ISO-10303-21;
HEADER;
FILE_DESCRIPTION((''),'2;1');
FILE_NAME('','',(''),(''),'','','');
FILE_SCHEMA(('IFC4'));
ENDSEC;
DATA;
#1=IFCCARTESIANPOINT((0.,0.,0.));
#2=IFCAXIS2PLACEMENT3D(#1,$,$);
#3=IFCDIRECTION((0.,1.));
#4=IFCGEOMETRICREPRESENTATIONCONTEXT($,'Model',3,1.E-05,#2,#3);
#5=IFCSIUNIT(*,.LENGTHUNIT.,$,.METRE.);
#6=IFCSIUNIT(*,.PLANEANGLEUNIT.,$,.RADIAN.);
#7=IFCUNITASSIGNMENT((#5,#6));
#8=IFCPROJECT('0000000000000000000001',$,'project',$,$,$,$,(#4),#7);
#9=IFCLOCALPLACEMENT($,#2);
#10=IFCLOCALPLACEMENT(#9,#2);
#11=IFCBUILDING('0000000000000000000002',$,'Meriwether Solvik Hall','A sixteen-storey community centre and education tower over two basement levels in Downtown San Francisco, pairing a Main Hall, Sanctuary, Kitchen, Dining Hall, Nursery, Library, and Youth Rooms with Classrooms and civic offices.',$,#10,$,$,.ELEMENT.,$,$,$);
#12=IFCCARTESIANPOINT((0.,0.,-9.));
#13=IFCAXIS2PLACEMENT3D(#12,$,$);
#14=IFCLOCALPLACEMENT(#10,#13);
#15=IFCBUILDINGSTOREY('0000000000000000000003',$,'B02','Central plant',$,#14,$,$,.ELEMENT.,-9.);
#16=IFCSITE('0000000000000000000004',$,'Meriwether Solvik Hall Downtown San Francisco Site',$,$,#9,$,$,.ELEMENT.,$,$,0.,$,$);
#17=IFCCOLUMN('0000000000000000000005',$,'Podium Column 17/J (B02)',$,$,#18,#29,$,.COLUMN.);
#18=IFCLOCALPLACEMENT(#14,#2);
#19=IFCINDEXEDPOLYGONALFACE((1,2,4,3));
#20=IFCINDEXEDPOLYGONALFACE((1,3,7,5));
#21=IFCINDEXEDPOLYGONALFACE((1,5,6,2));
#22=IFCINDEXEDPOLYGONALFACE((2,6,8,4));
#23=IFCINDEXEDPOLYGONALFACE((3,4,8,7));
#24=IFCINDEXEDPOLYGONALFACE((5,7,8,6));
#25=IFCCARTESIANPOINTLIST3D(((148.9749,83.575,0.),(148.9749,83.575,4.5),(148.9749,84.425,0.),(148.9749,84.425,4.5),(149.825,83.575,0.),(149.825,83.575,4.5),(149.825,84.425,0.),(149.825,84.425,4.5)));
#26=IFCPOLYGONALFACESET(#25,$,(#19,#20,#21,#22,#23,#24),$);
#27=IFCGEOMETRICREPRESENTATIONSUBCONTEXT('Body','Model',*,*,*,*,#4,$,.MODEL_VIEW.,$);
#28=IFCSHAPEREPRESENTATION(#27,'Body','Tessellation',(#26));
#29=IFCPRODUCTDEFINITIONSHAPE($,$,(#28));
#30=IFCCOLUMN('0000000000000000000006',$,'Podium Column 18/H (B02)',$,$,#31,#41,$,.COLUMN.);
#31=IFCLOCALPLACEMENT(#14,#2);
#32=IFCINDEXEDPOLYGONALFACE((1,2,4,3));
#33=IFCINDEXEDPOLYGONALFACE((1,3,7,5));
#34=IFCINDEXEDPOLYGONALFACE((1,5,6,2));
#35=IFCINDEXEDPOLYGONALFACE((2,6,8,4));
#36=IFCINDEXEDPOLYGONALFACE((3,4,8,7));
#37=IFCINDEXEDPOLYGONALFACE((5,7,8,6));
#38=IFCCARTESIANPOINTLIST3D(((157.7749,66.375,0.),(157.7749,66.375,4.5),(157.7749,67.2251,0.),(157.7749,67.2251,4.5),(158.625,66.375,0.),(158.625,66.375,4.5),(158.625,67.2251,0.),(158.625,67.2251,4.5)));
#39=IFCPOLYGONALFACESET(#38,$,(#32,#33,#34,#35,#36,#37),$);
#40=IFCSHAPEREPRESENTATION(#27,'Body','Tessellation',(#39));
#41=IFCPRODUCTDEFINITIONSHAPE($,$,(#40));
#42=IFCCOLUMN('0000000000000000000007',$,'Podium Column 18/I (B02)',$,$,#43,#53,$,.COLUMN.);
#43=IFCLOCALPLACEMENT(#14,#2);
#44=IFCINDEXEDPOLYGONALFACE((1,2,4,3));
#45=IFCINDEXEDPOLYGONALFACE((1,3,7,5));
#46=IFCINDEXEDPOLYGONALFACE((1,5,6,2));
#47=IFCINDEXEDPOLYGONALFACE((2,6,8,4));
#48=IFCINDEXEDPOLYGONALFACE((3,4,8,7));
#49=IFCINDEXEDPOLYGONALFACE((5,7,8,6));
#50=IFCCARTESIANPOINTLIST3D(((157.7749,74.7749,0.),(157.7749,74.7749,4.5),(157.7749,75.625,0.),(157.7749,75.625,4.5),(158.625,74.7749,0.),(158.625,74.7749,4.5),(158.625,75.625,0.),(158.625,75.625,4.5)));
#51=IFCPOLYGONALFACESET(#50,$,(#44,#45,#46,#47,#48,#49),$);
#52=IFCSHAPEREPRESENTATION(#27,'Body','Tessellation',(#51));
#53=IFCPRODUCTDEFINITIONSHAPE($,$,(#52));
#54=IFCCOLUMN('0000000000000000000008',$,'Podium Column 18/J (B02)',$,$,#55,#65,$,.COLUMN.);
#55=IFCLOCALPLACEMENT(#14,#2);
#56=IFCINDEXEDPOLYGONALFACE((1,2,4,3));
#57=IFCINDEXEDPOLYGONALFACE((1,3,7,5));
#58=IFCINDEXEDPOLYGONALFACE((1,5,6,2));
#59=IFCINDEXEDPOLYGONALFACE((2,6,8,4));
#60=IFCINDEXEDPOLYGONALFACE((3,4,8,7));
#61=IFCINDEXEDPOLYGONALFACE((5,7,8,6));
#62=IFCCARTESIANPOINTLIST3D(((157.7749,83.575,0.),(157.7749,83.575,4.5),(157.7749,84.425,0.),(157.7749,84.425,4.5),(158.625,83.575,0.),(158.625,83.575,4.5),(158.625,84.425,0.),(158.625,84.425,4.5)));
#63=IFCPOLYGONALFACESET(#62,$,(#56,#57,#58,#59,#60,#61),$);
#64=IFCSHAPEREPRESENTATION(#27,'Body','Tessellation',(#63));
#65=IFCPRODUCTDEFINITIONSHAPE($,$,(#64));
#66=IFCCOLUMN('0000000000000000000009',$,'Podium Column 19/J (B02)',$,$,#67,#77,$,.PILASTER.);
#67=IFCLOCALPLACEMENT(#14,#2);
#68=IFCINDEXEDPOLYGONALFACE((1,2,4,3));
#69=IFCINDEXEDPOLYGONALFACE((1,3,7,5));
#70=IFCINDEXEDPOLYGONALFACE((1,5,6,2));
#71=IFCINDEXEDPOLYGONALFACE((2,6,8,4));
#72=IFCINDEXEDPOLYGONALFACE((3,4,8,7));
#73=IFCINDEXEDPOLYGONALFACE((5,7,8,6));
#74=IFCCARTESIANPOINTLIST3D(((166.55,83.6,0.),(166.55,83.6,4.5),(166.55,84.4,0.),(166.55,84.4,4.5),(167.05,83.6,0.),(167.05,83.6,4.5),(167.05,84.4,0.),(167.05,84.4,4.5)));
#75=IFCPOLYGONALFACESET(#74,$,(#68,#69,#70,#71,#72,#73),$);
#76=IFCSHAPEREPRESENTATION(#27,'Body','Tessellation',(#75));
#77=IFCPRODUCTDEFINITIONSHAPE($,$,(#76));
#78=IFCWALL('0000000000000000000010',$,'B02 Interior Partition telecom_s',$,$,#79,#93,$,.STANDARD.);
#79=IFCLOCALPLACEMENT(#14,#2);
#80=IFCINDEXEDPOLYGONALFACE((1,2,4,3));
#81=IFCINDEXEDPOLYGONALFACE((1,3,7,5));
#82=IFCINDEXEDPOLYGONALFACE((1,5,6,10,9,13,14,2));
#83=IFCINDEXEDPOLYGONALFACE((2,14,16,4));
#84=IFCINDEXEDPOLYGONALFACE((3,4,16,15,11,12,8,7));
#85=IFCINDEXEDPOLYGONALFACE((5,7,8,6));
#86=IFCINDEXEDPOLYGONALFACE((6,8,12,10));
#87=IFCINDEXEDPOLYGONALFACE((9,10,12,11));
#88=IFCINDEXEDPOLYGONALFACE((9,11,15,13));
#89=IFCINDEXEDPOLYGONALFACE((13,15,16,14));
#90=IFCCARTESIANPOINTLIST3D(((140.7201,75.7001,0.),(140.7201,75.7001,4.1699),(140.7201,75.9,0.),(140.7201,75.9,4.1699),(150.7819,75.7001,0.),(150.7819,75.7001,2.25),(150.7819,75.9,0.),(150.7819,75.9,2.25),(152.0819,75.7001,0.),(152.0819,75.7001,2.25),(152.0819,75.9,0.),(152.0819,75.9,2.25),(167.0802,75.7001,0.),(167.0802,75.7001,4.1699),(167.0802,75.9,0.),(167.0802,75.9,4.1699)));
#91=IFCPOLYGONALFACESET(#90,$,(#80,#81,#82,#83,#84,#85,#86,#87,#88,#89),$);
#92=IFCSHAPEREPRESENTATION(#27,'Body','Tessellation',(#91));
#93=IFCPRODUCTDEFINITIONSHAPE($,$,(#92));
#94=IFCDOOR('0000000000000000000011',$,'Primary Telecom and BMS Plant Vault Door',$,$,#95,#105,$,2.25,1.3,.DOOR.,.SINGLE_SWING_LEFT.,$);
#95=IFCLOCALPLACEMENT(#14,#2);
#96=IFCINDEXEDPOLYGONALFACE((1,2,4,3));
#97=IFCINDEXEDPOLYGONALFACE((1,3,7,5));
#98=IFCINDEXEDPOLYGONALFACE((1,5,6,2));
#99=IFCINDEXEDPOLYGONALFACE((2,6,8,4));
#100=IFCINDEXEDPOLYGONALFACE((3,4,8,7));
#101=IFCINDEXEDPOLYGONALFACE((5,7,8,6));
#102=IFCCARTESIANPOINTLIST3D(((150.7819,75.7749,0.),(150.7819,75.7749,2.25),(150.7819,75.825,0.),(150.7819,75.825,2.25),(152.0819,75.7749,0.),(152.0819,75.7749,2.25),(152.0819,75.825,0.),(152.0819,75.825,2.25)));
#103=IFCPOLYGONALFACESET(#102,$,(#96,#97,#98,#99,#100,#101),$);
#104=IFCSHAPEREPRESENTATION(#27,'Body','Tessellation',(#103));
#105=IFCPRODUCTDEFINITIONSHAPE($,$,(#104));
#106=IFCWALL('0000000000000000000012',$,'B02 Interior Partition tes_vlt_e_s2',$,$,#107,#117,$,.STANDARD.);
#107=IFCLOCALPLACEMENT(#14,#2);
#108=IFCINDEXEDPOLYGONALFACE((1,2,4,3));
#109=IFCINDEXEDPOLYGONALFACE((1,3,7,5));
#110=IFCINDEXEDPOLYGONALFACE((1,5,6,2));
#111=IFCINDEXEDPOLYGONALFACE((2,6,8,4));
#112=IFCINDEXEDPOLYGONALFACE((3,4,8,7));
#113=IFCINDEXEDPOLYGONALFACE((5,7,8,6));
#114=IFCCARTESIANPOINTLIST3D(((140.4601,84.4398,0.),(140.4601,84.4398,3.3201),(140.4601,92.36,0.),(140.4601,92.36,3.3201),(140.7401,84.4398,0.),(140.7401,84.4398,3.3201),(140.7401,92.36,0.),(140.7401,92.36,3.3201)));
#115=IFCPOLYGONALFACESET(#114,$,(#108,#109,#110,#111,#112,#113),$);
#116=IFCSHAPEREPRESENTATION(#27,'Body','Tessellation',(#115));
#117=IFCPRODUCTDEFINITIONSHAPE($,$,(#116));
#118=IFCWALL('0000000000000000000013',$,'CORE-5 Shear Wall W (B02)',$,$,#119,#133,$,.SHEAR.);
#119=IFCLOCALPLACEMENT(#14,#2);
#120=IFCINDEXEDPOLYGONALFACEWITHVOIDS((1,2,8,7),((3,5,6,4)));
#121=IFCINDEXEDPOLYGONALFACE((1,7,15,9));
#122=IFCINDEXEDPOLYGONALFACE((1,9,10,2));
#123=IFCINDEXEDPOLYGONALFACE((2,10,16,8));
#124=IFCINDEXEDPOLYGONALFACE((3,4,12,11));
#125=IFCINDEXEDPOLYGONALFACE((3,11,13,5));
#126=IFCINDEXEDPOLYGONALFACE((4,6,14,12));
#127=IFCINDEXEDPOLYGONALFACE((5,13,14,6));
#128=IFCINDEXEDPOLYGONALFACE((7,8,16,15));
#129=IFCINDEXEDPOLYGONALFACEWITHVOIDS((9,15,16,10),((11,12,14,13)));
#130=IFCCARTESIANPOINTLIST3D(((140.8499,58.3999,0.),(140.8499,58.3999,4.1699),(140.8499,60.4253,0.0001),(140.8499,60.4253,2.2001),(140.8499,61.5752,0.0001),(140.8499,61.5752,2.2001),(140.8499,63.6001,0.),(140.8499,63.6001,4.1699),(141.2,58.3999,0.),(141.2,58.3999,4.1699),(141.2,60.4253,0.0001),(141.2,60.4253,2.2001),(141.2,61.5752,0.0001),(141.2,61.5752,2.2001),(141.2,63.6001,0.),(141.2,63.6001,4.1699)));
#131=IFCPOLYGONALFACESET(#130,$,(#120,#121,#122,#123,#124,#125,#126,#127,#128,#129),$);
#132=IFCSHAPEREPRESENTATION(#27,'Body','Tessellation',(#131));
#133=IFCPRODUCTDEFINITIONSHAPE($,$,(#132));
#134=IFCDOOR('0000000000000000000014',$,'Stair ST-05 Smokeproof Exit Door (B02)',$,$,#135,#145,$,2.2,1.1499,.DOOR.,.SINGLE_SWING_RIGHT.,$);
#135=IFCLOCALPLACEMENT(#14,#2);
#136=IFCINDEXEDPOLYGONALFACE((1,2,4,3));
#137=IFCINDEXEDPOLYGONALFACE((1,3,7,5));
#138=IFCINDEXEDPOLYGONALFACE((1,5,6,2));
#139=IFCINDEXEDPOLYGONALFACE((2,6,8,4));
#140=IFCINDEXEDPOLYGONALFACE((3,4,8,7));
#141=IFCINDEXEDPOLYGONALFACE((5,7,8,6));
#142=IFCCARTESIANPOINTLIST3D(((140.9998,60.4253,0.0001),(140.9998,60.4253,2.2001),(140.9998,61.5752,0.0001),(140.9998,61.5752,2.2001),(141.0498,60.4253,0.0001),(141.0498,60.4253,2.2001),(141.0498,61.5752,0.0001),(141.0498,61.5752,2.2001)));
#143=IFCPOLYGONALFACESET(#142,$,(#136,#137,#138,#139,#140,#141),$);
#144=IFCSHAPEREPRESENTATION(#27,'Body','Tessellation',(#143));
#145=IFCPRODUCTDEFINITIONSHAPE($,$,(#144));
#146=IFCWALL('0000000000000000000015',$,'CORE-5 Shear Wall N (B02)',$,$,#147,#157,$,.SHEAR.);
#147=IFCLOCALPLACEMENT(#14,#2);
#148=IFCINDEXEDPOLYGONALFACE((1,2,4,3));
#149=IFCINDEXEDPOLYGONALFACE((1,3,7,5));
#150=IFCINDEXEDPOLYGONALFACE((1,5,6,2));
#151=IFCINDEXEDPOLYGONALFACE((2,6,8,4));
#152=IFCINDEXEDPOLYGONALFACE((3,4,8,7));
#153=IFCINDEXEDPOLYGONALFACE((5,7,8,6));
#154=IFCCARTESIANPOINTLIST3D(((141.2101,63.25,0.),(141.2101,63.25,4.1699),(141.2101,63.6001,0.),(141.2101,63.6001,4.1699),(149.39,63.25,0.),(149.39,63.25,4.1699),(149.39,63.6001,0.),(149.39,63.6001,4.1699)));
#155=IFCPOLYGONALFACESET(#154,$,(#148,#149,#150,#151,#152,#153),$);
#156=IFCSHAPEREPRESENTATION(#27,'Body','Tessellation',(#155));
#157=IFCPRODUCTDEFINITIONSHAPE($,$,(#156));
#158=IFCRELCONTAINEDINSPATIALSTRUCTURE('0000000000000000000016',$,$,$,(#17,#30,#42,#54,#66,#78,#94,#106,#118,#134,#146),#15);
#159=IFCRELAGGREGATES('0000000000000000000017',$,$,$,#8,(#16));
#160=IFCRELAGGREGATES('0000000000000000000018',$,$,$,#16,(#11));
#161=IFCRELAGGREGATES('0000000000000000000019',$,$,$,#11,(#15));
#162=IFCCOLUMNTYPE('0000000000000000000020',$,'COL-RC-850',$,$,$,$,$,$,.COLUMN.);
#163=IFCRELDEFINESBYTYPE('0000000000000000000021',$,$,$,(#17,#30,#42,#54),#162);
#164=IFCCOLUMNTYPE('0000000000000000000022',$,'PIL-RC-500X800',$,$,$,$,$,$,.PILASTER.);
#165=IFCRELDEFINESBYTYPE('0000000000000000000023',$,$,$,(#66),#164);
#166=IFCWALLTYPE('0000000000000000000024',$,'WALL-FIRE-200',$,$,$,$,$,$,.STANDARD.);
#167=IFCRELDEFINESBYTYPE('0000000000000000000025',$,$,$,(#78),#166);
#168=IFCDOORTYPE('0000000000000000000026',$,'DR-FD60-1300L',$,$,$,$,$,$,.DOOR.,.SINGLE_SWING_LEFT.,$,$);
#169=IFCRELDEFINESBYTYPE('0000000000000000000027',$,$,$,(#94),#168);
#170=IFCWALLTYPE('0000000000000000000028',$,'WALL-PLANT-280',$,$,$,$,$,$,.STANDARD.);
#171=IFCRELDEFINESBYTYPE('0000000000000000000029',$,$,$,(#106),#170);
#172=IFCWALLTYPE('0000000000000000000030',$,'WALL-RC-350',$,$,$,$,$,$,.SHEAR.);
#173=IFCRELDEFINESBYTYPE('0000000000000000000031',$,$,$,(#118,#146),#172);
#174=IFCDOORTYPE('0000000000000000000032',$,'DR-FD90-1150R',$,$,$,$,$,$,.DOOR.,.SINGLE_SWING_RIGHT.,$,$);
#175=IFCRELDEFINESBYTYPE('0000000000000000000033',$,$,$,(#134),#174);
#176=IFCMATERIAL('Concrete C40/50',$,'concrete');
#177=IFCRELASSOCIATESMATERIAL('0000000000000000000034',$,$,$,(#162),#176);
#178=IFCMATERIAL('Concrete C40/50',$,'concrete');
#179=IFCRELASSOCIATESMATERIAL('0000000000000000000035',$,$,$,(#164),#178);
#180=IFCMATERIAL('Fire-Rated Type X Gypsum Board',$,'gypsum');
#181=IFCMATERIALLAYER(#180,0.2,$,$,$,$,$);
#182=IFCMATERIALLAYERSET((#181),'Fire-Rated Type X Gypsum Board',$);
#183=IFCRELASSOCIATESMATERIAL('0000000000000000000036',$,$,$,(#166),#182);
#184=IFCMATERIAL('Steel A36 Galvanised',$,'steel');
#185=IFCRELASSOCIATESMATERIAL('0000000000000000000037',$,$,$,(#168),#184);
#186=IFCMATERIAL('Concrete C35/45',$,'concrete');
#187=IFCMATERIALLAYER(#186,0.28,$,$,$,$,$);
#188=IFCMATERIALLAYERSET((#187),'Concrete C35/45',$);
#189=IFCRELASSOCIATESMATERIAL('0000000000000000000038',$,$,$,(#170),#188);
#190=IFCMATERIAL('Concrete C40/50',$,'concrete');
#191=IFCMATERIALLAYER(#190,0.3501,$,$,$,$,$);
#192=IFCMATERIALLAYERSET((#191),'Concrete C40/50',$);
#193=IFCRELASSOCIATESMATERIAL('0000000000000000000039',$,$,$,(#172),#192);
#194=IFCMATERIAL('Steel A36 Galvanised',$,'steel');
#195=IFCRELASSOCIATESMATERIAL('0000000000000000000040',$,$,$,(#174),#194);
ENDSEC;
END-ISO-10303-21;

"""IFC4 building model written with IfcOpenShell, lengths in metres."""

from ifc_helpers import new_model, si_unit, direction, frame, frame_2d, origin, origin_2d, place, context, subcontext, project, spatial, rectangle, extrude, material, layer, layer_set, material_profile, profile_set, type_object, element, fill, save


model = new_model("IFC4")

# Units and contexts
model_context = context("Model", 3, precision=1e-05, world=origin(), true_north=direction((0.0, 1.0)))
body_context = subcontext(model_context, "Body", "Model", "MODEL_VIEW")
ifc_project = project(units=[si_unit("LENGTHUNIT", "METRE"), si_unit("PLANEANGLEUNIT", "RADIAN")], contexts=[model_context])

# Site, building, storey
site_placement = place(None, origin())
site = spatial("IfcSite", under=ifc_project, at=site_placement, Name="Meriwether Solvik Hall Downtown San Francisco Site", CompositionType="ELEMENT", RefElevation=0.0)
building_placement = place(site_placement, origin())
building = spatial("IfcBuilding", under=site, at=building_placement, Name="Meriwether Solvik Hall", Description="A sixteen-storey community centre and education tower over two basement levels in Downtown San Francisco, pairing a Main Hall, Sanctuary, Kitchen, Dining Hall, Nursery, Library, and Youth Rooms with Classrooms and civic offices.", CompositionType="ELEMENT")
storey_placement = place(building_placement, frame((0.0, 0.0, -9.0)))
storey = spatial("IfcBuildingStorey", under=building, at=storey_placement, Name="B02", Description="Central plant", CompositionType="ELEMENT", Elevation=-9.0)

# Columns
ifc_material_1 = material(Name="Concrete C40/50", Category="concrete")
ifc_material_profile_1 = material_profile(ifc_material_1, rectangle(XDim=0.8501, YDim=0.8501, at=origin_2d()), Name="RCC-850X850")
ifc_profile_set_1 = profile_set([ifc_material_profile_1], Name="Concrete C40/50")
column_type_1 = type_object("IfcColumnType", Name="COL-RC-850", PredefinedType="COLUMN", material=ifc_profile_set_1)
for number, where, z_axis, x_axis, name in (
    (1, (149.3999, 84.0, 0.0), (0.0, 0.0, 1.0), (1.0, 0.0, 0.0), "Podium Column 17/J (B02)"),
    (2, (158.2, 66.8, 0.0), (0.0, 0.0, 1.0), (1.0, 0.0, 0.0), "Podium Column 18/H (B02)"),
    (3, (158.2, 75.2, 0.0), (0.0, 0.0, 1.0), (1.0, 0.0, 0.0), "Podium Column 18/I (B02)"),
    (4, (158.2, 84.0, 0.0), (0.0, 0.0, 1.0), (1.0, 0.0, 0.0), "Podium Column 18/J (B02)"),
):
    element("IfcColumn", number, at=place(storey_placement, frame(where, z_axis=z_axis, x_axis=x_axis)), inside=storey, type_object=column_type_1, Name=name, PredefinedType="COLUMN", context=body_context, shape_type="SweptSolid", body=[
        extrude(rectangle(XDim=0.8501, YDim=0.8501, at=origin_2d()), origin(), (0.0, 0.0, 1.0), 4.5),
    ])
ifc_material_2 = material(Name="Concrete C40/50", Category="concrete")
ifc_material_profile_2 = material_profile(ifc_material_2, rectangle(XDim=0.5, YDim=0.8, at=origin_2d()), Name="RCP-500X800")
ifc_profile_set_2 = profile_set([ifc_material_profile_2], Name="Concrete C40/50")
column_type_2 = type_object("IfcColumnType", Name="PIL-RC-500X800", PredefinedType="PILASTER", material=ifc_profile_set_2)
column_placement = place(storey_placement, frame((166.8, 84.0, 0.0), z_axis=(0.0, 0.0, 1.0), x_axis=(1.0, 0.0, 0.0)))
element("IfcColumn", 5, at=column_placement, inside=storey, type_object=column_type_2, Name="Podium Column 19/J (B02)", PredefinedType="PILASTER", context=body_context, shape_type="SweptSolid", body=[
    extrude(rectangle(XDim=0.5, YDim=0.8, at=origin_2d()), origin(), (0.0, 0.0, 1.0), 4.5),
])

# Wall, opening, door
ifc_material_3 = material(Name="Fire-Rated Type X Gypsum Board", Category="gypsum")
ifc_layer_1 = layer(ifc_material_3, 0.2)
ifc_layer_set_1 = layer_set([ifc_layer_1], Name="Fire-Rated Type X Gypsum Board")
wall_type_1 = type_object("IfcWallType", Name="WALL-FIRE-200", PredefinedType="STANDARD", material=ifc_layer_set_1)
wall_1_placement = place(storey_placement, frame((140.72, 75.8, 0.0), z_axis=(0.0, 0.0, 1.0), x_axis=(1.0, 0.0, 0.0)))
wall_1 = element("IfcWall", 6, at=wall_1_placement, inside=storey, type_object=wall_type_1, Name="B02 Interior Partition telecom_s", PredefinedType="STANDARD", context=body_context, shape_type="SweptSolid", body=[
    extrude(rectangle(XDim=26.3601, YDim=0.2, at=frame_2d((13.1802, 0.0))), origin(), (0.0, 0.0, 1.0), 4.1699),
])
opening_1_placement = place(wall_1_placement, frame((10.062, 0.0, 0.0)))
opening_1 = element("IfcOpeningElement", 7, at=opening_1_placement, cuts=wall_1, PredefinedType="OPENING", context=body_context, shape_type="SweptSolid", body=[
    extrude(rectangle(XDim=1.3, YDim=2.25, at=frame_2d((0.6499, 1.125))), frame((0.0, 0.1118, 0.0), z_axis=(0.0, -1.0, 0.0), x_axis=(1.0, 0.0, 0.0)), (0.0, 0.0, 1.0), 0.2239),
])
ifc_material_4 = material(Name="Steel A36 Galvanised", Category="steel")
door_type_1 = type_object("IfcDoorType", Name="DR-FD60-1300L", OperationType="SINGLE_SWING_LEFT", PredefinedType="DOOR", material=ifc_material_4)
door_1_placement = place(opening_1_placement, origin())
door_1 = element("IfcDoor", 8, at=door_1_placement, inside=storey, type_object=door_type_1, Name="Primary Telecom and BMS Plant Vault Door", OperationType="SINGLE_SWING_LEFT", OverallHeight=2.25, OverallWidth=1.3, PredefinedType="DOOR", context=body_context, shape_type="SweptSolid", body=[
    extrude(rectangle(XDim=1.3, YDim=2.25, at=frame_2d((0.6499, 1.125))), frame((0.0, 0.0249, 0.0), z_axis=(0.0, -1.0, 0.0), x_axis=(1.0, 0.0, 0.0)), (0.0, 0.0, 1.0), 0.05),
])
fill(opening_1, door_1)

# Wall
ifc_material_5 = material(Name="Concrete C35/45", Category="concrete")
ifc_layer_2 = layer(ifc_material_5, 0.28)
ifc_layer_set_2 = layer_set([ifc_layer_2], Name="Concrete C35/45")
wall_type_2 = type_object("IfcWallType", Name="WALL-PLANT-280", PredefinedType="STANDARD", material=ifc_layer_set_2)
wall_2_placement = place(storey_placement, frame((140.6001, 84.4399, 0.0), z_axis=(0.0, 0.0, 1.0), x_axis=(0.0, 1.0, 0.0)))
element("IfcWall", 9, at=wall_2_placement, inside=storey, type_object=wall_type_2, Name="B02 Interior Partition tes_vlt_e_s2", PredefinedType="STANDARD", context=body_context, shape_type="SweptSolid", body=[
    extrude(rectangle(XDim=7.9202, YDim=0.28, at=frame_2d((3.96, 0.0))), origin(), (0.0, 0.0, 1.0), 3.3201),
])

# Wall, opening, door
ifc_material_6 = material(Name="Concrete C40/50", Category="concrete")
ifc_layer_3 = layer(ifc_material_6, 0.3501)
ifc_layer_set_3 = layer_set([ifc_layer_3], Name="Concrete C40/50")
wall_type_3 = type_object("IfcWallType", Name="WALL-RC-350", PredefinedType="SHEAR", material=ifc_layer_set_3)
wall_3_placement = place(storey_placement, frame((141.0249, 63.6001, 0.0), z_axis=(0.0, 0.0, 1.0), x_axis=(0.0, -1.0, 0.0)))
wall_3 = element("IfcWall", 10, at=wall_3_placement, inside=storey, type_object=wall_type_3, Name="CORE-5 Shear Wall W (B02)", PredefinedType="SHEAR", context=body_context, shape_type="SweptSolid", body=[
    extrude(rectangle(XDim=5.2002, YDim=0.3501, at=frame_2d((2.6001, 0.0))), origin(), (0.0, 0.0, 1.0), 4.1699),
])
opening_2_placement = place(wall_3_placement, frame((2.0249, 0.0, 0.0)))
opening_2 = element("IfcOpeningElement", 11, at=opening_2_placement, cuts=wall_3, PredefinedType="OPENING", context=body_context, shape_type="SweptSolid", body=[
    extrude(rectangle(XDim=1.1499, YDim=2.2, at=frame_2d((0.575, 1.1001))), frame((0.0, 0.187, 0.0), z_axis=(0.0, -1.0, 0.0), x_axis=(1.0, 0.0, 0.0)), (0.0, 0.0, 1.0), 0.374),
])
ifc_material_7 = material(Name="Steel A36 Galvanised", Category="steel")
door_type_2 = type_object("IfcDoorType", Name="DR-FD90-1150R", OperationType="SINGLE_SWING_RIGHT", PredefinedType="DOOR", material=ifc_material_7)
door_2_placement = place(opening_2_placement, origin())
door_2 = element("IfcDoor", 12, at=door_2_placement, inside=storey, type_object=door_type_2, Name="Stair ST-05 Smokeproof Exit Door (B02)", OperationType="SINGLE_SWING_RIGHT", OverallHeight=2.2, OverallWidth=1.1499, PredefinedType="DOOR", context=body_context, shape_type="SweptSolid", body=[
    extrude(rectangle(XDim=1.1499, YDim=2.2, at=frame_2d((0.575, 1.1001))), frame((0.0, 0.0249, 0.0), z_axis=(0.0, -1.0, 0.0), x_axis=(1.0, 0.0, 0.0)), (0.0, 0.0, 1.0), 0.05),
])
fill(opening_2, door_2)

# Wall
wall_4_placement = place(storey_placement, frame((149.3899, 63.425, 0.0), z_axis=(0.0, 0.0, 1.0), x_axis=(-1.0, 0.0, 0.0)))
element("IfcWall", 13, at=wall_4_placement, inside=storey, type_object=wall_type_3, Name="CORE-5 Shear Wall N (B02)", PredefinedType="SHEAR", context=body_context, shape_type="SweptSolid", body=[
    extrude(rectangle(XDim=8.1799, YDim=0.3501, at=frame_2d((4.0898, 0.0))), origin(), (0.0, 0.0, 1.0), 4.1699),
])

save(model, "model.ifc")
